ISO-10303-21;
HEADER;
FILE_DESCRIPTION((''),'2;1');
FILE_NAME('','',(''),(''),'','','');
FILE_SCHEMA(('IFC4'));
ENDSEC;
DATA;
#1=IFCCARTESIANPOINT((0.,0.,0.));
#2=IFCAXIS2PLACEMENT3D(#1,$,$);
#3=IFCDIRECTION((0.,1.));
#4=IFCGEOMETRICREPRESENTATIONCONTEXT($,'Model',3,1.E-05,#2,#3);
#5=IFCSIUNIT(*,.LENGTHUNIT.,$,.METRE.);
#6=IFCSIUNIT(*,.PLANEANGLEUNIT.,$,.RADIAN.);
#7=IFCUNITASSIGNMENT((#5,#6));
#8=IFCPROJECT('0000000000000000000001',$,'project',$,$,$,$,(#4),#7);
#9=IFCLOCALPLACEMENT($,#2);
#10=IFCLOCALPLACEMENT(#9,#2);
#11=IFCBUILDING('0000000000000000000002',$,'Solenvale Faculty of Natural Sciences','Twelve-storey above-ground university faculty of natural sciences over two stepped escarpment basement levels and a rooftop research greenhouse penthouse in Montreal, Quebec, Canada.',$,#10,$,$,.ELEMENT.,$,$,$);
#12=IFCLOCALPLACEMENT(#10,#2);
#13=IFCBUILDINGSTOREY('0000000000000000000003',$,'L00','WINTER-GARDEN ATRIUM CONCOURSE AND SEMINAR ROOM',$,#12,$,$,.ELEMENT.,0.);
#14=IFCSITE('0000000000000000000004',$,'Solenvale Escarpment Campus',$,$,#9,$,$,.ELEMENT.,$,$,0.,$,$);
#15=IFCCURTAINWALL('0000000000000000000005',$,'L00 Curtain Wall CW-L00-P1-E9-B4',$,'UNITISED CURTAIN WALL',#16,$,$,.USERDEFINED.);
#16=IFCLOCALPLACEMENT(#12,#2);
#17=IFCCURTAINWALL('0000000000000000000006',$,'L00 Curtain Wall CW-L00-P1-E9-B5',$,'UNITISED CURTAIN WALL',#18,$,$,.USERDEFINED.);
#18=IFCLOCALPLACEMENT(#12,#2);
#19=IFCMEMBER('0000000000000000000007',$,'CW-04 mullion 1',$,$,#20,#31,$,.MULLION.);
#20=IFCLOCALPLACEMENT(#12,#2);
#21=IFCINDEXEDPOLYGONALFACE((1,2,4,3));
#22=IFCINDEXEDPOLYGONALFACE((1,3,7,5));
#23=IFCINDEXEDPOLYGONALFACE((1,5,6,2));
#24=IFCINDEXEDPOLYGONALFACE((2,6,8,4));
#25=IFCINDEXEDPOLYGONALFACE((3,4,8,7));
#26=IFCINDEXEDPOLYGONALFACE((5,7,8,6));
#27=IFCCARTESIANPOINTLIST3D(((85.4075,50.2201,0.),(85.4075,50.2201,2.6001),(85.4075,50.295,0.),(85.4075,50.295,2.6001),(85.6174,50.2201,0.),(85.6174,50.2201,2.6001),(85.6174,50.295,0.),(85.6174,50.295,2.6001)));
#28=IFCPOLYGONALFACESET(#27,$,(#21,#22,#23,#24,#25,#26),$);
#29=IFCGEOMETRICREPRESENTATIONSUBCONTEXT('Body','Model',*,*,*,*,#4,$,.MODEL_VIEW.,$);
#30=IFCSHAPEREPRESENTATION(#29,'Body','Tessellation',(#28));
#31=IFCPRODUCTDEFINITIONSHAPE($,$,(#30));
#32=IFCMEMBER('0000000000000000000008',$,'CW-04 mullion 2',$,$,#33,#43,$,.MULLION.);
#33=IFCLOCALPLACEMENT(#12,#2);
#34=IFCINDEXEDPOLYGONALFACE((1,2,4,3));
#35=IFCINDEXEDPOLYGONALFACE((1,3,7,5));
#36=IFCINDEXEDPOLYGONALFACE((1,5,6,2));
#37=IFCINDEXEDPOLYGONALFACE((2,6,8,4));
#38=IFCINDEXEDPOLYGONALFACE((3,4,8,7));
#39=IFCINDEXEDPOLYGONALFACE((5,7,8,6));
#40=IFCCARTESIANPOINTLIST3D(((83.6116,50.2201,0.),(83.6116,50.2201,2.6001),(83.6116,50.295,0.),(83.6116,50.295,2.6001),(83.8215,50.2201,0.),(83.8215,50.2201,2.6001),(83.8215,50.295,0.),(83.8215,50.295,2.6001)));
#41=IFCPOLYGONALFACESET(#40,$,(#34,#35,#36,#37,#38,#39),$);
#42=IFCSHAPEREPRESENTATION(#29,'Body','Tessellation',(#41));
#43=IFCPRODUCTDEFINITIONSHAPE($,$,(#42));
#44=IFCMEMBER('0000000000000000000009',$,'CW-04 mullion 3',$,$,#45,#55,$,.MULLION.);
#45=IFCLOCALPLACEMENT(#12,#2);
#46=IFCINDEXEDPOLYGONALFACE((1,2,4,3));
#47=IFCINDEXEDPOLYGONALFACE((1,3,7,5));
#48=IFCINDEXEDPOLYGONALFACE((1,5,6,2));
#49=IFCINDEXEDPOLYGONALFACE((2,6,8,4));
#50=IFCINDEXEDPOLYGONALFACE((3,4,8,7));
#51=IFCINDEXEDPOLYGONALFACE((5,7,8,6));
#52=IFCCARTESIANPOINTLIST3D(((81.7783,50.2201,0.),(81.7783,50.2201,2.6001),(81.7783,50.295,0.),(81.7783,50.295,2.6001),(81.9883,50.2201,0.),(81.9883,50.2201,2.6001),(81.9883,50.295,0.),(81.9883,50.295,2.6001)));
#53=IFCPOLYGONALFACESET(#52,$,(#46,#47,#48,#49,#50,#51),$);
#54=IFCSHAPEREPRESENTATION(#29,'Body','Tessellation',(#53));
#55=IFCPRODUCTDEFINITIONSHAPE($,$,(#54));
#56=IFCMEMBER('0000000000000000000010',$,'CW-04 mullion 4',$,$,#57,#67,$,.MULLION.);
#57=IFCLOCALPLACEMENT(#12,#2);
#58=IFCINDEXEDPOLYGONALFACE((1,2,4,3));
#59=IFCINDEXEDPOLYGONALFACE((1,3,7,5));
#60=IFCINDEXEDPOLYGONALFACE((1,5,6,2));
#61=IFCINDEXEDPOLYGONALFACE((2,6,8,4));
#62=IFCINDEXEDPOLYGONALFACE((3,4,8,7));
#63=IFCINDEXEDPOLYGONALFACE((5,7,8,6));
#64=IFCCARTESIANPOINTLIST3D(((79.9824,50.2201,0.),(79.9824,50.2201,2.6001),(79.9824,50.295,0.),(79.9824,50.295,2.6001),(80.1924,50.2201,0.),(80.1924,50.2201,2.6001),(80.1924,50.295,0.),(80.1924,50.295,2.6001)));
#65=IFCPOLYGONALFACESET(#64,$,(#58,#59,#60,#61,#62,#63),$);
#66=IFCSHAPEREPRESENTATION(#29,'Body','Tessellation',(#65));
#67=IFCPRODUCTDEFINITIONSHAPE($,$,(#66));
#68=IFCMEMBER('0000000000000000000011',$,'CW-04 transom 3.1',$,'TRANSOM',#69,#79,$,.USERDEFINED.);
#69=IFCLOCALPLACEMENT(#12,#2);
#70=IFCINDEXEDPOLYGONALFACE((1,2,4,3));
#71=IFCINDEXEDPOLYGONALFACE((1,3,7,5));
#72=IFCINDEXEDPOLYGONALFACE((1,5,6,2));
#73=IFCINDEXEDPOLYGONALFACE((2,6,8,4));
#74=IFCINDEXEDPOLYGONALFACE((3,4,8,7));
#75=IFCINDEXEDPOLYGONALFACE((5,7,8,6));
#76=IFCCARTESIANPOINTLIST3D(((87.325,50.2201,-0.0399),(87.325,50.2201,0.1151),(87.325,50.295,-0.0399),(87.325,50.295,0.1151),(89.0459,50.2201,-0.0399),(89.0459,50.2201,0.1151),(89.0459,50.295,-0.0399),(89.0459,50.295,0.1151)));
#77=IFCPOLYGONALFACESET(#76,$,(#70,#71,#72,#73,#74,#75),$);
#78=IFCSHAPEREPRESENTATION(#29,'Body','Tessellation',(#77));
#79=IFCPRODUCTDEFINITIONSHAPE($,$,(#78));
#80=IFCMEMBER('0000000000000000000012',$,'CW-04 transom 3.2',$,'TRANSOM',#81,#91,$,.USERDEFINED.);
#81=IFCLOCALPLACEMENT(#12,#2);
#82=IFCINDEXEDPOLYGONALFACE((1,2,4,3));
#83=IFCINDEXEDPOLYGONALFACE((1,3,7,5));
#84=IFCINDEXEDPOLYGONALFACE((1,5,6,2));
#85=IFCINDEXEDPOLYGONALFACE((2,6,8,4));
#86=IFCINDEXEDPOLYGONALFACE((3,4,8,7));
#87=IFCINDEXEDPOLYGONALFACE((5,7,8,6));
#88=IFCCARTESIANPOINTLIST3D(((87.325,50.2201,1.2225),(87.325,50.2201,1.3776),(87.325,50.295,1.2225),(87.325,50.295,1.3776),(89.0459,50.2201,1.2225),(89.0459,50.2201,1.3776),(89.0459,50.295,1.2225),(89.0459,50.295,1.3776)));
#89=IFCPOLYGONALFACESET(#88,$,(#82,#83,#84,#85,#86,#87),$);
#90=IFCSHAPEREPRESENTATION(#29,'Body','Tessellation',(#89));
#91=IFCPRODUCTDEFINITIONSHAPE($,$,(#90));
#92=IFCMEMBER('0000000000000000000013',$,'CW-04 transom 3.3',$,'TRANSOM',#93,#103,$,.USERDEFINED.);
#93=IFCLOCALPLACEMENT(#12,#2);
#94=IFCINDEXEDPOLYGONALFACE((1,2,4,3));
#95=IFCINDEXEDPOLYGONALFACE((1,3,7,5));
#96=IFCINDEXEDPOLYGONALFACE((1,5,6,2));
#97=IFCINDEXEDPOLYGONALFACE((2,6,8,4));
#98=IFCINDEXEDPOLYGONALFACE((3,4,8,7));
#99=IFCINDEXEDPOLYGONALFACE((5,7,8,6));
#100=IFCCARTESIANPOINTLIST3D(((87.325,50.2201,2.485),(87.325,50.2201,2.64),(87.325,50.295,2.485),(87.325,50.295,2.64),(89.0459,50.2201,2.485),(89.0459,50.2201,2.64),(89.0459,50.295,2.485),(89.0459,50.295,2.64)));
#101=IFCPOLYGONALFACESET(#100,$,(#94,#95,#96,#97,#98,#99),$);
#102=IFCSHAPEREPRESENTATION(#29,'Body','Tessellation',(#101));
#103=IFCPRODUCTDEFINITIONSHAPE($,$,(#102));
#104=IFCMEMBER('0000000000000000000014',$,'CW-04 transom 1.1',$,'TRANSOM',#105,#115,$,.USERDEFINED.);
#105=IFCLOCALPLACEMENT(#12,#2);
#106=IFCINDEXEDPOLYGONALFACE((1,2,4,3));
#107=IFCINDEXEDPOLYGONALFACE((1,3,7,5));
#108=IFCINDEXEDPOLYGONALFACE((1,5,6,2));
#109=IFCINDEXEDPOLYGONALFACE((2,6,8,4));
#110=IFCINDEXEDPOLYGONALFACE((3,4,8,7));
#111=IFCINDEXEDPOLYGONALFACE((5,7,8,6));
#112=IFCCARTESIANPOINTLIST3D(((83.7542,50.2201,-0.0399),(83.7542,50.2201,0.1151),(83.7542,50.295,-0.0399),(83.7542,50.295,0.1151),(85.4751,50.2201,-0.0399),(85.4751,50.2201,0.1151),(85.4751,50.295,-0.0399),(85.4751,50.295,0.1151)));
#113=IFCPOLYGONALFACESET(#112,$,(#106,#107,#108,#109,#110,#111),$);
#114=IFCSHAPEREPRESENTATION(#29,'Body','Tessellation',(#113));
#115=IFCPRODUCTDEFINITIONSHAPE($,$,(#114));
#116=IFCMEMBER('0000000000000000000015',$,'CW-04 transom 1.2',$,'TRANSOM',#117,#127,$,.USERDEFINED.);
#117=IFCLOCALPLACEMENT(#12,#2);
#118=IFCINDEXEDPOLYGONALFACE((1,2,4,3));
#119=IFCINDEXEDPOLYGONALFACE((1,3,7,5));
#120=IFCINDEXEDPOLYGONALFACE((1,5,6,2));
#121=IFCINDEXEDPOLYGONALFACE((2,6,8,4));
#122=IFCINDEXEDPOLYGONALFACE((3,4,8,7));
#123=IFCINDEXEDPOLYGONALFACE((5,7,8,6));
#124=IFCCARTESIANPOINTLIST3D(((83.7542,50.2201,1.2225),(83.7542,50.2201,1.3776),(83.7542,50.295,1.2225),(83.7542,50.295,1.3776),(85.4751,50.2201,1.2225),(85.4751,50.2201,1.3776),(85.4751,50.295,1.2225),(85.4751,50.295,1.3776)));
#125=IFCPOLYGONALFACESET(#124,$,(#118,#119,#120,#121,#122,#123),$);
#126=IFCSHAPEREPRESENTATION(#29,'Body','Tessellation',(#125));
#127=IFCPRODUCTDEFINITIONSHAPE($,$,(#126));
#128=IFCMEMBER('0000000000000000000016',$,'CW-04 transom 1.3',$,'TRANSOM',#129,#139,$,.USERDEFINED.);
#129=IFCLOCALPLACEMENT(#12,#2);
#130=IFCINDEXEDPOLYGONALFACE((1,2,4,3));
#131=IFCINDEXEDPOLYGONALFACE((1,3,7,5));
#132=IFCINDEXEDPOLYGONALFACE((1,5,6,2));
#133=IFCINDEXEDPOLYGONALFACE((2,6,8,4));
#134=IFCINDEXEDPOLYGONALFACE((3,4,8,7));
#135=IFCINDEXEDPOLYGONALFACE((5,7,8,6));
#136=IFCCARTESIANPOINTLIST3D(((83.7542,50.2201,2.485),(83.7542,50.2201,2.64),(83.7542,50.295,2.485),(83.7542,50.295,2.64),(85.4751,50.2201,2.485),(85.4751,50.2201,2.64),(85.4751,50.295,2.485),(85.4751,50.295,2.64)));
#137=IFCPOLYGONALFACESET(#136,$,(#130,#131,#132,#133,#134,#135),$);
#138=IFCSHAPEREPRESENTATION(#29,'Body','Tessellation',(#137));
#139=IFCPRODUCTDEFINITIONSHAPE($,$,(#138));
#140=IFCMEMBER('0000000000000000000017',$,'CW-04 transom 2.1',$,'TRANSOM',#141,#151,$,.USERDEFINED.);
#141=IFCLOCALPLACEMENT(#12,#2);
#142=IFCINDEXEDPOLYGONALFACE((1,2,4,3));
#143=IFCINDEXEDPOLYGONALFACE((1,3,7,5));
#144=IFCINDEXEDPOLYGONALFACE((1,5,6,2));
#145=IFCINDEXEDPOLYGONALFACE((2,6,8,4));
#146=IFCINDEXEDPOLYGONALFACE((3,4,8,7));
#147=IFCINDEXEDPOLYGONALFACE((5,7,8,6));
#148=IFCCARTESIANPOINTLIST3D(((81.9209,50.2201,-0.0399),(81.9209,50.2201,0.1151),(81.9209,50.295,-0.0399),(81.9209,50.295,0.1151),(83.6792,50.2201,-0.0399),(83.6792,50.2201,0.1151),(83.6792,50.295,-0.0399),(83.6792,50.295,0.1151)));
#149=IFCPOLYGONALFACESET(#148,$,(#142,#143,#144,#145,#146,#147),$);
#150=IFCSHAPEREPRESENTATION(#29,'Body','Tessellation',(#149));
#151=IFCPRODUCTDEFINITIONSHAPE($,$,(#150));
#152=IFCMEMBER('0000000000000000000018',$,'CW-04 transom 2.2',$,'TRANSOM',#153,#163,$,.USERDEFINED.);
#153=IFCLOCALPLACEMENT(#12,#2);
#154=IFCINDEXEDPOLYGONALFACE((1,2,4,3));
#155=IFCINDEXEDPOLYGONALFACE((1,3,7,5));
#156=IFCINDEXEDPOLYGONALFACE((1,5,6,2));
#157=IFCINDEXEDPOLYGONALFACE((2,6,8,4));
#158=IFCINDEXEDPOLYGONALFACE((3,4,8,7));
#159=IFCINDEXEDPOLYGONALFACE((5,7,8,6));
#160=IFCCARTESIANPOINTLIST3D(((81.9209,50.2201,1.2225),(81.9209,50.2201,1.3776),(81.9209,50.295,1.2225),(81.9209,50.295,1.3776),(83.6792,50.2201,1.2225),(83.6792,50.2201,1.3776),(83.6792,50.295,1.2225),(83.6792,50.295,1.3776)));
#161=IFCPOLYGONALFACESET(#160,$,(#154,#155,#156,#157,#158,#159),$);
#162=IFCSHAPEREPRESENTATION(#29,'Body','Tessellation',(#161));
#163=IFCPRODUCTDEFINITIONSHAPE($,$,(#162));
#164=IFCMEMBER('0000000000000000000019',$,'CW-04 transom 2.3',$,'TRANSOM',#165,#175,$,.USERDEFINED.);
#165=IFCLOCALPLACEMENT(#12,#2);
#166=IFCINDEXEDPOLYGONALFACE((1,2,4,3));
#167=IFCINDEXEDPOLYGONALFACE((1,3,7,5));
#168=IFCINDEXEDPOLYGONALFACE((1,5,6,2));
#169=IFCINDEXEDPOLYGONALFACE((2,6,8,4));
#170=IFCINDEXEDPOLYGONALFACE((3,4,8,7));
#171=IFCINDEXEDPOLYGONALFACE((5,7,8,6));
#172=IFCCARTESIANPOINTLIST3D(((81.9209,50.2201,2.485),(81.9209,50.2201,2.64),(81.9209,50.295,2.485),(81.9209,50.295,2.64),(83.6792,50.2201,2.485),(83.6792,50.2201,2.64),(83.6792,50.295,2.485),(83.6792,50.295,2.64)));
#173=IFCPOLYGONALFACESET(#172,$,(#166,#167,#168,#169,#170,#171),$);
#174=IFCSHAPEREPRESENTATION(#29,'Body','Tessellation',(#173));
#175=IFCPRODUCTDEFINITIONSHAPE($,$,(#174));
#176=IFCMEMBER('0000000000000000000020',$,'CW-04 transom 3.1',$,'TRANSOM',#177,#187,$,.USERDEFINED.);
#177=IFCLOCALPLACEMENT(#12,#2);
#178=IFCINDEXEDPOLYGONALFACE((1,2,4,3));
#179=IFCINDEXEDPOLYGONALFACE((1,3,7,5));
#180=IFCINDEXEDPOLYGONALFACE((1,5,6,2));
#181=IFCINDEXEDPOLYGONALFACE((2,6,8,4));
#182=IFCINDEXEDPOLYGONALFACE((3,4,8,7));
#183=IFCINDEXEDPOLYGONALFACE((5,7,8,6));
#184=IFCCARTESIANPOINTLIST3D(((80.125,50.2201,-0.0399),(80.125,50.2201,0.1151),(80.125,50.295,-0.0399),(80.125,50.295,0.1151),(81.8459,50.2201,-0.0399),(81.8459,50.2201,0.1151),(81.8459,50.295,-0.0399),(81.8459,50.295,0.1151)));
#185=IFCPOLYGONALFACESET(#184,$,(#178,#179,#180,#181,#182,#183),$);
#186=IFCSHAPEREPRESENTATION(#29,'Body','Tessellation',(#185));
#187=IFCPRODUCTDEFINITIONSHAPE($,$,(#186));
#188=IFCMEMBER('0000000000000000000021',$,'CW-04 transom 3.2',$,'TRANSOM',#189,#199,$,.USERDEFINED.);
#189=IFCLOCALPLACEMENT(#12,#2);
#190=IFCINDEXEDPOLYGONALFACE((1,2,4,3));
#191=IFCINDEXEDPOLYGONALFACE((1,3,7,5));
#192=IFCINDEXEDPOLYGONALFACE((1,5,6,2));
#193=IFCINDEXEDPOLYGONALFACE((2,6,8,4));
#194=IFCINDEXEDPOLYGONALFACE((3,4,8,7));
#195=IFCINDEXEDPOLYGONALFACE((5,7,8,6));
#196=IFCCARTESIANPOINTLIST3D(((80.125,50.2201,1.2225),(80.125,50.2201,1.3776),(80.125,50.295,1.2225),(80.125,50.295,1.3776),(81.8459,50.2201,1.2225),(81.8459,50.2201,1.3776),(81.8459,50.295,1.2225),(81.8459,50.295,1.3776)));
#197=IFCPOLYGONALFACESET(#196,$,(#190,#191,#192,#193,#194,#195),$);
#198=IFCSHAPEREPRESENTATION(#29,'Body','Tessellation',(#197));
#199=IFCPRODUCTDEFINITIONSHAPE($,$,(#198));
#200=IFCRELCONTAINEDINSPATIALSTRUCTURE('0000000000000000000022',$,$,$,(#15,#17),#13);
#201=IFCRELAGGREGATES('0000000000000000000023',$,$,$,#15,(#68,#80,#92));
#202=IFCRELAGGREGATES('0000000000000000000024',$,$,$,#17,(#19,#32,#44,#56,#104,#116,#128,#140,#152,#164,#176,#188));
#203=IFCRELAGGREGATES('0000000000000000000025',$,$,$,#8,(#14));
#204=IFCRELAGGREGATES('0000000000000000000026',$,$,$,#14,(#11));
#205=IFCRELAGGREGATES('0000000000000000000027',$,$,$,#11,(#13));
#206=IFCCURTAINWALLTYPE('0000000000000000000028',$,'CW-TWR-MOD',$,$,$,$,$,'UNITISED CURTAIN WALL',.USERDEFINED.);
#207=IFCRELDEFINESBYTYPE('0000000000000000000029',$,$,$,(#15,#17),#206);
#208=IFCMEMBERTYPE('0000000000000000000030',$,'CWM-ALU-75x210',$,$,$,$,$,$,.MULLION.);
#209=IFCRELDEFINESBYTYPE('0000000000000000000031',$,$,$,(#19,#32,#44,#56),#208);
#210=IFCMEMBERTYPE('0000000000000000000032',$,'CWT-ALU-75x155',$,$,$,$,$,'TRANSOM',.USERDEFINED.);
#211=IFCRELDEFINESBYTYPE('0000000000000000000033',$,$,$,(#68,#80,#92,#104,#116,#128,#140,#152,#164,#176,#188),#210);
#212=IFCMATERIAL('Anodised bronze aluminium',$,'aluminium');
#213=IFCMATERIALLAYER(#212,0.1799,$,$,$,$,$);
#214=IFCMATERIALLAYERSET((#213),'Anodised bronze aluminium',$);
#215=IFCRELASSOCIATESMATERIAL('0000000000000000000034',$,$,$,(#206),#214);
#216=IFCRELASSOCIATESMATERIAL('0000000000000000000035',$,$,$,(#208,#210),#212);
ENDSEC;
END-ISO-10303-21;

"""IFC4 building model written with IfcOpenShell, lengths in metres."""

from ifc_helpers import new_model, si_unit, direction, frame, origin, origin_2d, place, context, subcontext, project, spatial, rectangle, extrude, material, layer, layer_set, material_profile, profile_set, type_object, element, aggregate, save


model = new_model("IFC4")

# Units and contexts
model_context = context("Model", 3, precision=1e-05, world=origin(), true_north=direction((0.0, 1.0)))
body_context = subcontext(model_context, "Body", "Model", "MODEL_VIEW")
ifc_project = project(units=[si_unit("LENGTHUNIT", "METRE"), si_unit("PLANEANGLEUNIT", "RADIAN")], contexts=[model_context])

# Site, building, storey
site_placement = place(None, origin())
site = spatial("IfcSite", under=ifc_project, at=site_placement, Name="Solenvale Escarpment Campus", CompositionType="ELEMENT", RefElevation=0.0)
building_placement = place(site_placement, origin())
building = spatial("IfcBuilding", under=site, at=building_placement, Name="Solenvale Faculty of Natural Sciences", Description="Twelve-storey above-ground university faculty of natural sciences over two stepped escarpment basement levels and a rooftop research greenhouse penthouse in Montreal, Quebec, Canada.", CompositionType="ELEMENT")
storey_placement = place(building_placement, origin())
storey = spatial("IfcBuildingStorey", under=building, at=storey_placement, Name="L00", Description="WINTER-GARDEN ATRIUM CONCOURSE AND SEMINAR ROOM", CompositionType="ELEMENT", Elevation=0.0)

# Curtain walls, members
ifc_material_1 = material(Name="Anodised bronze aluminium", Category="aluminium")
ifc_layer_1 = layer(ifc_material_1, 0.1799)
ifc_layer_set_1 = layer_set([ifc_layer_1], Name="Anodised bronze aluminium")
curtain_wall_type = type_object("IfcCurtainWallType", Name="CW-TWR-MOD", ElementType="UNITISED CURTAIN WALL", PredefinedType="USERDEFINED", material=ifc_layer_set_1)
curtain_wall_1_placement = place(storey_placement, origin())
curtain_wall_1 = element("IfcCurtainWall", 1, at=curtain_wall_1_placement, inside=storey, type_object=curtain_wall_type, Name="L00 Curtain Wall CW-L00-P1-E9-B4", ObjectType="UNITISED CURTAIN WALL", PredefinedType="USERDEFINED")
ifc_material_profile_1 = material_profile(ifc_material_1, rectangle(XDim=0.075, YDim=0.21, at=origin_2d()), Name="ALU-MUL-75x210")
ifc_profile_set_1 = profile_set([ifc_material_profile_1], Name="Anodised bronze aluminium")
member_type_1 = type_object("IfcMemberType", Name="CWM-ALU-75x210", PredefinedType="MULLION", material=ifc_profile_set_1)
curtain_wall_2_placement = place(storey_placement, origin())
curtain_wall_2 = element("IfcCurtainWall", 2, at=curtain_wall_2_placement, inside=storey, type_object=curtain_wall_type, Name="L00 Curtain Wall CW-L00-P1-E9-B5", ObjectType="UNITISED CURTAIN WALL", PredefinedType="USERDEFINED")
member_1_placement = place(storey_placement, frame((85.5125, 50.2576, 0.0), z_axis=(0.0, 0.0, 1.0), x_axis=(0.0, -1.0, 0.0)))
member_1 = element("IfcMember", 3, at=member_1_placement, type_object=member_type_1, Name="CW-04 mullion 1", PredefinedType="MULLION", context=body_context, shape_type="SweptSolid", body=[
    extrude(rectangle(XDim=0.075, YDim=0.21, at=origin_2d()), origin(), (0.0, 0.0, 1.0), 2.6001),
])
member_2_placement = place(storey_placement, frame((83.7166, 50.2576, 0.0), z_axis=(0.0, 0.0, 1.0), x_axis=(0.0, -1.0, 0.0)))
member_2 = element("IfcMember", 4, at=member_2_placement, type_object=member_type_1, Name="CW-04 mullion 2", PredefinedType="MULLION", context=body_context, shape_type="SweptSolid", body=[
    extrude(rectangle(XDim=0.075, YDim=0.21, at=origin_2d()), origin(), (0.0, 0.0, 1.0), 2.6001),
])
member_3_placement = place(storey_placement, frame((81.8833, 50.2576, 0.0), z_axis=(0.0, 0.0, 1.0), x_axis=(0.0, -1.0, 0.0)))
member_3 = element("IfcMember", 5, at=member_3_placement, type_object=member_type_1, Name="CW-04 mullion 3", PredefinedType="MULLION", context=body_context, shape_type="SweptSolid", body=[
    extrude(rectangle(XDim=0.075, YDim=0.21, at=origin_2d()), origin(), (0.0, 0.0, 1.0), 2.6001),
])
member_4_placement = place(storey_placement, frame((80.0874, 50.2576, 0.0), z_axis=(0.0, 0.0, 1.0), x_axis=(0.0, -1.0, 0.0)))
member_4 = element("IfcMember", 6, at=member_4_placement, type_object=member_type_1, Name="CW-04 mullion 4", PredefinedType="MULLION", context=body_context, shape_type="SweptSolid", body=[
    extrude(rectangle(XDim=0.075, YDim=0.21, at=origin_2d()), origin(), (0.0, 0.0, 1.0), 2.6001),
])

# Members
ifc_material_profile_2 = material_profile(ifc_material_1, rectangle(XDim=0.075, YDim=0.155, at=origin_2d()), Name="ALU-TRN-75x155")
ifc_profile_set_2 = profile_set([ifc_material_profile_2], Name="Anodised bronze aluminium")
member_type_2 = type_object("IfcMemberType", Name="CWT-ALU-75x155", ElementType="TRANSOM", PredefinedType="USERDEFINED", material=ifc_profile_set_2)
member_5_placement = place(storey_placement, frame((89.0459, 50.2576, 0.0376), z_axis=(-1.0, 0.0, 0.0), x_axis=(0.0, -1.0, 0.0)))
member_5 = element("IfcMember", 7, at=member_5_placement, type_object=member_type_2, Name="CW-04 transom 3.1", ObjectType="TRANSOM", PredefinedType="USERDEFINED", context=body_context, shape_type="SweptSolid", body=[
    extrude(rectangle(XDim=0.075, YDim=0.155, at=origin_2d()), origin(), (0.0, 0.0, 1.0), 1.7209),
])
member_6_placement = place(storey_placement, frame((89.0459, 50.2576, 1.3), z_axis=(-1.0, 0.0, 0.0), x_axis=(0.0, -1.0, 0.0)))
member_6 = element("IfcMember", 8, at=member_6_placement, type_object=member_type_2, Name="CW-04 transom 3.2", ObjectType="TRANSOM", PredefinedType="USERDEFINED", context=body_context, shape_type="SweptSolid", body=[
    extrude(rectangle(XDim=0.075, YDim=0.155, at=origin_2d()), origin(), (0.0, 0.0, 1.0), 1.7209),
])
member_7_placement = place(storey_placement, frame((89.0459, 50.2576, 2.5625), z_axis=(-1.0, 0.0, 0.0), x_axis=(0.0, -1.0, 0.0)))
member_7 = element("IfcMember", 9, at=member_7_placement, type_object=member_type_2, Name="CW-04 transom 3.3", ObjectType="TRANSOM", PredefinedType="USERDEFINED", context=body_context, shape_type="SweptSolid", body=[
    extrude(rectangle(XDim=0.075, YDim=0.155, at=origin_2d()), origin(), (0.0, 0.0, 1.0), 1.7209),
])
member_8_placement = place(storey_placement, frame((85.4751, 50.2576, 0.0376), z_axis=(-1.0, 0.0, 0.0), x_axis=(0.0, -1.0, 0.0)))
member_8 = element("IfcMember", 10, at=member_8_placement, type_object=member_type_2, Name="CW-04 transom 1.1", ObjectType="TRANSOM", PredefinedType="USERDEFINED", context=body_context, shape_type="SweptSolid", body=[
    extrude(rectangle(XDim=0.075, YDim=0.155, at=origin_2d()), origin(), (0.0, 0.0, 1.0), 1.7209),
])
member_9_placement = place(storey_placement, frame((85.4751, 50.2576, 1.3), z_axis=(-1.0, 0.0, 0.0), x_axis=(0.0, -1.0, 0.0)))
member_9 = element("IfcMember", 11, at=member_9_placement, type_object=member_type_2, Name="CW-04 transom 1.2", ObjectType="TRANSOM", PredefinedType="USERDEFINED", context=body_context, shape_type="SweptSolid", body=[
    extrude(rectangle(XDim=0.075, YDim=0.155, at=origin_2d()), origin(), (0.0, 0.0, 1.0), 1.7209),
])
member_10_placement = place(storey_placement, frame((85.4751, 50.2576, 2.5625), z_axis=(-1.0, 0.0, 0.0), x_axis=(0.0, -1.0, 0.0)))
member_10 = element("IfcMember", 12, at=member_10_placement, type_object=member_type_2, Name="CW-04 transom 1.3", ObjectType="TRANSOM", PredefinedType="USERDEFINED", context=body_context, shape_type="SweptSolid", body=[
    extrude(rectangle(XDim=0.075, YDim=0.155, at=origin_2d()), origin(), (0.0, 0.0, 1.0), 1.7209),
])
member_11_placement = place(storey_placement, frame((83.6792, 50.2576, 0.0376), z_axis=(-1.0, 0.0, 0.0), x_axis=(0.0, -1.0, 0.0)))
member_11 = element("IfcMember", 13, at=member_11_placement, type_object=member_type_2, Name="CW-04 transom 2.1", ObjectType="TRANSOM", PredefinedType="USERDEFINED", context=body_context, shape_type="SweptSolid", body=[
    extrude(rectangle(XDim=0.075, YDim=0.155, at=origin_2d()), origin(), (0.0, 0.0, 1.0), 1.7583),
])
member_12_placement = place(storey_placement, frame((83.6792, 50.2576, 1.3), z_axis=(-1.0, 0.0, 0.0), x_axis=(0.0, -1.0, 0.0)))
member_12 = element("IfcMember", 14, at=member_12_placement, type_object=member_type_2, Name="CW-04 transom 2.2", ObjectType="TRANSOM", PredefinedType="USERDEFINED", context=body_context, shape_type="SweptSolid", body=[
    extrude(rectangle(XDim=0.075, YDim=0.155, at=origin_2d()), origin(), (0.0, 0.0, 1.0), 1.7583),
])
member_13_placement = place(storey_placement, frame((83.6792, 50.2576, 2.5625), z_axis=(-1.0, 0.0, 0.0), x_axis=(0.0, -1.0, 0.0)))
member_13 = element("IfcMember", 15, at=member_13_placement, type_object=member_type_2, Name="CW-04 transom 2.3", ObjectType="TRANSOM", PredefinedType="USERDEFINED", context=body_context, shape_type="SweptSolid", body=[
    extrude(rectangle(XDim=0.075, YDim=0.155, at=origin_2d()), origin(), (0.0, 0.0, 1.0), 1.7583),
])
member_14_placement = place(storey_placement, frame((81.8459, 50.2576, 0.0376), z_axis=(-1.0, 0.0, 0.0), x_axis=(0.0, -1.0, 0.0)))
member_14 = element("IfcMember", 16, at=member_14_placement, type_object=member_type_2, Name="CW-04 transom 3.1", ObjectType="TRANSOM", PredefinedType="USERDEFINED", context=body_context, shape_type="SweptSolid", body=[
    extrude(rectangle(XDim=0.075, YDim=0.155, at=origin_2d()), origin(), (0.0, 0.0, 1.0), 1.7209),
])
member_15_placement = place(storey_placement, frame((81.8459, 50.2576, 1.3), z_axis=(-1.0, 0.0, 0.0), x_axis=(0.0, -1.0, 0.0)))
member_15 = element("IfcMember", 17, at=member_15_placement, type_object=member_type_2, Name="CW-04 transom 3.2", ObjectType="TRANSOM", PredefinedType="USERDEFINED", context=body_context, shape_type="SweptSolid", body=[
    extrude(rectangle(XDim=0.075, YDim=0.155, at=origin_2d()), origin(), (0.0, 0.0, 1.0), 1.7209),
])

aggregate(curtain_wall_1, [member_5, member_6, member_7])
aggregate(curtain_wall_2, [member_1, member_2, member_3, member_4, member_8, member_9, member_10, member_11, member_12, member_13, member_14, member_15])

save(model, "model.ifc")
